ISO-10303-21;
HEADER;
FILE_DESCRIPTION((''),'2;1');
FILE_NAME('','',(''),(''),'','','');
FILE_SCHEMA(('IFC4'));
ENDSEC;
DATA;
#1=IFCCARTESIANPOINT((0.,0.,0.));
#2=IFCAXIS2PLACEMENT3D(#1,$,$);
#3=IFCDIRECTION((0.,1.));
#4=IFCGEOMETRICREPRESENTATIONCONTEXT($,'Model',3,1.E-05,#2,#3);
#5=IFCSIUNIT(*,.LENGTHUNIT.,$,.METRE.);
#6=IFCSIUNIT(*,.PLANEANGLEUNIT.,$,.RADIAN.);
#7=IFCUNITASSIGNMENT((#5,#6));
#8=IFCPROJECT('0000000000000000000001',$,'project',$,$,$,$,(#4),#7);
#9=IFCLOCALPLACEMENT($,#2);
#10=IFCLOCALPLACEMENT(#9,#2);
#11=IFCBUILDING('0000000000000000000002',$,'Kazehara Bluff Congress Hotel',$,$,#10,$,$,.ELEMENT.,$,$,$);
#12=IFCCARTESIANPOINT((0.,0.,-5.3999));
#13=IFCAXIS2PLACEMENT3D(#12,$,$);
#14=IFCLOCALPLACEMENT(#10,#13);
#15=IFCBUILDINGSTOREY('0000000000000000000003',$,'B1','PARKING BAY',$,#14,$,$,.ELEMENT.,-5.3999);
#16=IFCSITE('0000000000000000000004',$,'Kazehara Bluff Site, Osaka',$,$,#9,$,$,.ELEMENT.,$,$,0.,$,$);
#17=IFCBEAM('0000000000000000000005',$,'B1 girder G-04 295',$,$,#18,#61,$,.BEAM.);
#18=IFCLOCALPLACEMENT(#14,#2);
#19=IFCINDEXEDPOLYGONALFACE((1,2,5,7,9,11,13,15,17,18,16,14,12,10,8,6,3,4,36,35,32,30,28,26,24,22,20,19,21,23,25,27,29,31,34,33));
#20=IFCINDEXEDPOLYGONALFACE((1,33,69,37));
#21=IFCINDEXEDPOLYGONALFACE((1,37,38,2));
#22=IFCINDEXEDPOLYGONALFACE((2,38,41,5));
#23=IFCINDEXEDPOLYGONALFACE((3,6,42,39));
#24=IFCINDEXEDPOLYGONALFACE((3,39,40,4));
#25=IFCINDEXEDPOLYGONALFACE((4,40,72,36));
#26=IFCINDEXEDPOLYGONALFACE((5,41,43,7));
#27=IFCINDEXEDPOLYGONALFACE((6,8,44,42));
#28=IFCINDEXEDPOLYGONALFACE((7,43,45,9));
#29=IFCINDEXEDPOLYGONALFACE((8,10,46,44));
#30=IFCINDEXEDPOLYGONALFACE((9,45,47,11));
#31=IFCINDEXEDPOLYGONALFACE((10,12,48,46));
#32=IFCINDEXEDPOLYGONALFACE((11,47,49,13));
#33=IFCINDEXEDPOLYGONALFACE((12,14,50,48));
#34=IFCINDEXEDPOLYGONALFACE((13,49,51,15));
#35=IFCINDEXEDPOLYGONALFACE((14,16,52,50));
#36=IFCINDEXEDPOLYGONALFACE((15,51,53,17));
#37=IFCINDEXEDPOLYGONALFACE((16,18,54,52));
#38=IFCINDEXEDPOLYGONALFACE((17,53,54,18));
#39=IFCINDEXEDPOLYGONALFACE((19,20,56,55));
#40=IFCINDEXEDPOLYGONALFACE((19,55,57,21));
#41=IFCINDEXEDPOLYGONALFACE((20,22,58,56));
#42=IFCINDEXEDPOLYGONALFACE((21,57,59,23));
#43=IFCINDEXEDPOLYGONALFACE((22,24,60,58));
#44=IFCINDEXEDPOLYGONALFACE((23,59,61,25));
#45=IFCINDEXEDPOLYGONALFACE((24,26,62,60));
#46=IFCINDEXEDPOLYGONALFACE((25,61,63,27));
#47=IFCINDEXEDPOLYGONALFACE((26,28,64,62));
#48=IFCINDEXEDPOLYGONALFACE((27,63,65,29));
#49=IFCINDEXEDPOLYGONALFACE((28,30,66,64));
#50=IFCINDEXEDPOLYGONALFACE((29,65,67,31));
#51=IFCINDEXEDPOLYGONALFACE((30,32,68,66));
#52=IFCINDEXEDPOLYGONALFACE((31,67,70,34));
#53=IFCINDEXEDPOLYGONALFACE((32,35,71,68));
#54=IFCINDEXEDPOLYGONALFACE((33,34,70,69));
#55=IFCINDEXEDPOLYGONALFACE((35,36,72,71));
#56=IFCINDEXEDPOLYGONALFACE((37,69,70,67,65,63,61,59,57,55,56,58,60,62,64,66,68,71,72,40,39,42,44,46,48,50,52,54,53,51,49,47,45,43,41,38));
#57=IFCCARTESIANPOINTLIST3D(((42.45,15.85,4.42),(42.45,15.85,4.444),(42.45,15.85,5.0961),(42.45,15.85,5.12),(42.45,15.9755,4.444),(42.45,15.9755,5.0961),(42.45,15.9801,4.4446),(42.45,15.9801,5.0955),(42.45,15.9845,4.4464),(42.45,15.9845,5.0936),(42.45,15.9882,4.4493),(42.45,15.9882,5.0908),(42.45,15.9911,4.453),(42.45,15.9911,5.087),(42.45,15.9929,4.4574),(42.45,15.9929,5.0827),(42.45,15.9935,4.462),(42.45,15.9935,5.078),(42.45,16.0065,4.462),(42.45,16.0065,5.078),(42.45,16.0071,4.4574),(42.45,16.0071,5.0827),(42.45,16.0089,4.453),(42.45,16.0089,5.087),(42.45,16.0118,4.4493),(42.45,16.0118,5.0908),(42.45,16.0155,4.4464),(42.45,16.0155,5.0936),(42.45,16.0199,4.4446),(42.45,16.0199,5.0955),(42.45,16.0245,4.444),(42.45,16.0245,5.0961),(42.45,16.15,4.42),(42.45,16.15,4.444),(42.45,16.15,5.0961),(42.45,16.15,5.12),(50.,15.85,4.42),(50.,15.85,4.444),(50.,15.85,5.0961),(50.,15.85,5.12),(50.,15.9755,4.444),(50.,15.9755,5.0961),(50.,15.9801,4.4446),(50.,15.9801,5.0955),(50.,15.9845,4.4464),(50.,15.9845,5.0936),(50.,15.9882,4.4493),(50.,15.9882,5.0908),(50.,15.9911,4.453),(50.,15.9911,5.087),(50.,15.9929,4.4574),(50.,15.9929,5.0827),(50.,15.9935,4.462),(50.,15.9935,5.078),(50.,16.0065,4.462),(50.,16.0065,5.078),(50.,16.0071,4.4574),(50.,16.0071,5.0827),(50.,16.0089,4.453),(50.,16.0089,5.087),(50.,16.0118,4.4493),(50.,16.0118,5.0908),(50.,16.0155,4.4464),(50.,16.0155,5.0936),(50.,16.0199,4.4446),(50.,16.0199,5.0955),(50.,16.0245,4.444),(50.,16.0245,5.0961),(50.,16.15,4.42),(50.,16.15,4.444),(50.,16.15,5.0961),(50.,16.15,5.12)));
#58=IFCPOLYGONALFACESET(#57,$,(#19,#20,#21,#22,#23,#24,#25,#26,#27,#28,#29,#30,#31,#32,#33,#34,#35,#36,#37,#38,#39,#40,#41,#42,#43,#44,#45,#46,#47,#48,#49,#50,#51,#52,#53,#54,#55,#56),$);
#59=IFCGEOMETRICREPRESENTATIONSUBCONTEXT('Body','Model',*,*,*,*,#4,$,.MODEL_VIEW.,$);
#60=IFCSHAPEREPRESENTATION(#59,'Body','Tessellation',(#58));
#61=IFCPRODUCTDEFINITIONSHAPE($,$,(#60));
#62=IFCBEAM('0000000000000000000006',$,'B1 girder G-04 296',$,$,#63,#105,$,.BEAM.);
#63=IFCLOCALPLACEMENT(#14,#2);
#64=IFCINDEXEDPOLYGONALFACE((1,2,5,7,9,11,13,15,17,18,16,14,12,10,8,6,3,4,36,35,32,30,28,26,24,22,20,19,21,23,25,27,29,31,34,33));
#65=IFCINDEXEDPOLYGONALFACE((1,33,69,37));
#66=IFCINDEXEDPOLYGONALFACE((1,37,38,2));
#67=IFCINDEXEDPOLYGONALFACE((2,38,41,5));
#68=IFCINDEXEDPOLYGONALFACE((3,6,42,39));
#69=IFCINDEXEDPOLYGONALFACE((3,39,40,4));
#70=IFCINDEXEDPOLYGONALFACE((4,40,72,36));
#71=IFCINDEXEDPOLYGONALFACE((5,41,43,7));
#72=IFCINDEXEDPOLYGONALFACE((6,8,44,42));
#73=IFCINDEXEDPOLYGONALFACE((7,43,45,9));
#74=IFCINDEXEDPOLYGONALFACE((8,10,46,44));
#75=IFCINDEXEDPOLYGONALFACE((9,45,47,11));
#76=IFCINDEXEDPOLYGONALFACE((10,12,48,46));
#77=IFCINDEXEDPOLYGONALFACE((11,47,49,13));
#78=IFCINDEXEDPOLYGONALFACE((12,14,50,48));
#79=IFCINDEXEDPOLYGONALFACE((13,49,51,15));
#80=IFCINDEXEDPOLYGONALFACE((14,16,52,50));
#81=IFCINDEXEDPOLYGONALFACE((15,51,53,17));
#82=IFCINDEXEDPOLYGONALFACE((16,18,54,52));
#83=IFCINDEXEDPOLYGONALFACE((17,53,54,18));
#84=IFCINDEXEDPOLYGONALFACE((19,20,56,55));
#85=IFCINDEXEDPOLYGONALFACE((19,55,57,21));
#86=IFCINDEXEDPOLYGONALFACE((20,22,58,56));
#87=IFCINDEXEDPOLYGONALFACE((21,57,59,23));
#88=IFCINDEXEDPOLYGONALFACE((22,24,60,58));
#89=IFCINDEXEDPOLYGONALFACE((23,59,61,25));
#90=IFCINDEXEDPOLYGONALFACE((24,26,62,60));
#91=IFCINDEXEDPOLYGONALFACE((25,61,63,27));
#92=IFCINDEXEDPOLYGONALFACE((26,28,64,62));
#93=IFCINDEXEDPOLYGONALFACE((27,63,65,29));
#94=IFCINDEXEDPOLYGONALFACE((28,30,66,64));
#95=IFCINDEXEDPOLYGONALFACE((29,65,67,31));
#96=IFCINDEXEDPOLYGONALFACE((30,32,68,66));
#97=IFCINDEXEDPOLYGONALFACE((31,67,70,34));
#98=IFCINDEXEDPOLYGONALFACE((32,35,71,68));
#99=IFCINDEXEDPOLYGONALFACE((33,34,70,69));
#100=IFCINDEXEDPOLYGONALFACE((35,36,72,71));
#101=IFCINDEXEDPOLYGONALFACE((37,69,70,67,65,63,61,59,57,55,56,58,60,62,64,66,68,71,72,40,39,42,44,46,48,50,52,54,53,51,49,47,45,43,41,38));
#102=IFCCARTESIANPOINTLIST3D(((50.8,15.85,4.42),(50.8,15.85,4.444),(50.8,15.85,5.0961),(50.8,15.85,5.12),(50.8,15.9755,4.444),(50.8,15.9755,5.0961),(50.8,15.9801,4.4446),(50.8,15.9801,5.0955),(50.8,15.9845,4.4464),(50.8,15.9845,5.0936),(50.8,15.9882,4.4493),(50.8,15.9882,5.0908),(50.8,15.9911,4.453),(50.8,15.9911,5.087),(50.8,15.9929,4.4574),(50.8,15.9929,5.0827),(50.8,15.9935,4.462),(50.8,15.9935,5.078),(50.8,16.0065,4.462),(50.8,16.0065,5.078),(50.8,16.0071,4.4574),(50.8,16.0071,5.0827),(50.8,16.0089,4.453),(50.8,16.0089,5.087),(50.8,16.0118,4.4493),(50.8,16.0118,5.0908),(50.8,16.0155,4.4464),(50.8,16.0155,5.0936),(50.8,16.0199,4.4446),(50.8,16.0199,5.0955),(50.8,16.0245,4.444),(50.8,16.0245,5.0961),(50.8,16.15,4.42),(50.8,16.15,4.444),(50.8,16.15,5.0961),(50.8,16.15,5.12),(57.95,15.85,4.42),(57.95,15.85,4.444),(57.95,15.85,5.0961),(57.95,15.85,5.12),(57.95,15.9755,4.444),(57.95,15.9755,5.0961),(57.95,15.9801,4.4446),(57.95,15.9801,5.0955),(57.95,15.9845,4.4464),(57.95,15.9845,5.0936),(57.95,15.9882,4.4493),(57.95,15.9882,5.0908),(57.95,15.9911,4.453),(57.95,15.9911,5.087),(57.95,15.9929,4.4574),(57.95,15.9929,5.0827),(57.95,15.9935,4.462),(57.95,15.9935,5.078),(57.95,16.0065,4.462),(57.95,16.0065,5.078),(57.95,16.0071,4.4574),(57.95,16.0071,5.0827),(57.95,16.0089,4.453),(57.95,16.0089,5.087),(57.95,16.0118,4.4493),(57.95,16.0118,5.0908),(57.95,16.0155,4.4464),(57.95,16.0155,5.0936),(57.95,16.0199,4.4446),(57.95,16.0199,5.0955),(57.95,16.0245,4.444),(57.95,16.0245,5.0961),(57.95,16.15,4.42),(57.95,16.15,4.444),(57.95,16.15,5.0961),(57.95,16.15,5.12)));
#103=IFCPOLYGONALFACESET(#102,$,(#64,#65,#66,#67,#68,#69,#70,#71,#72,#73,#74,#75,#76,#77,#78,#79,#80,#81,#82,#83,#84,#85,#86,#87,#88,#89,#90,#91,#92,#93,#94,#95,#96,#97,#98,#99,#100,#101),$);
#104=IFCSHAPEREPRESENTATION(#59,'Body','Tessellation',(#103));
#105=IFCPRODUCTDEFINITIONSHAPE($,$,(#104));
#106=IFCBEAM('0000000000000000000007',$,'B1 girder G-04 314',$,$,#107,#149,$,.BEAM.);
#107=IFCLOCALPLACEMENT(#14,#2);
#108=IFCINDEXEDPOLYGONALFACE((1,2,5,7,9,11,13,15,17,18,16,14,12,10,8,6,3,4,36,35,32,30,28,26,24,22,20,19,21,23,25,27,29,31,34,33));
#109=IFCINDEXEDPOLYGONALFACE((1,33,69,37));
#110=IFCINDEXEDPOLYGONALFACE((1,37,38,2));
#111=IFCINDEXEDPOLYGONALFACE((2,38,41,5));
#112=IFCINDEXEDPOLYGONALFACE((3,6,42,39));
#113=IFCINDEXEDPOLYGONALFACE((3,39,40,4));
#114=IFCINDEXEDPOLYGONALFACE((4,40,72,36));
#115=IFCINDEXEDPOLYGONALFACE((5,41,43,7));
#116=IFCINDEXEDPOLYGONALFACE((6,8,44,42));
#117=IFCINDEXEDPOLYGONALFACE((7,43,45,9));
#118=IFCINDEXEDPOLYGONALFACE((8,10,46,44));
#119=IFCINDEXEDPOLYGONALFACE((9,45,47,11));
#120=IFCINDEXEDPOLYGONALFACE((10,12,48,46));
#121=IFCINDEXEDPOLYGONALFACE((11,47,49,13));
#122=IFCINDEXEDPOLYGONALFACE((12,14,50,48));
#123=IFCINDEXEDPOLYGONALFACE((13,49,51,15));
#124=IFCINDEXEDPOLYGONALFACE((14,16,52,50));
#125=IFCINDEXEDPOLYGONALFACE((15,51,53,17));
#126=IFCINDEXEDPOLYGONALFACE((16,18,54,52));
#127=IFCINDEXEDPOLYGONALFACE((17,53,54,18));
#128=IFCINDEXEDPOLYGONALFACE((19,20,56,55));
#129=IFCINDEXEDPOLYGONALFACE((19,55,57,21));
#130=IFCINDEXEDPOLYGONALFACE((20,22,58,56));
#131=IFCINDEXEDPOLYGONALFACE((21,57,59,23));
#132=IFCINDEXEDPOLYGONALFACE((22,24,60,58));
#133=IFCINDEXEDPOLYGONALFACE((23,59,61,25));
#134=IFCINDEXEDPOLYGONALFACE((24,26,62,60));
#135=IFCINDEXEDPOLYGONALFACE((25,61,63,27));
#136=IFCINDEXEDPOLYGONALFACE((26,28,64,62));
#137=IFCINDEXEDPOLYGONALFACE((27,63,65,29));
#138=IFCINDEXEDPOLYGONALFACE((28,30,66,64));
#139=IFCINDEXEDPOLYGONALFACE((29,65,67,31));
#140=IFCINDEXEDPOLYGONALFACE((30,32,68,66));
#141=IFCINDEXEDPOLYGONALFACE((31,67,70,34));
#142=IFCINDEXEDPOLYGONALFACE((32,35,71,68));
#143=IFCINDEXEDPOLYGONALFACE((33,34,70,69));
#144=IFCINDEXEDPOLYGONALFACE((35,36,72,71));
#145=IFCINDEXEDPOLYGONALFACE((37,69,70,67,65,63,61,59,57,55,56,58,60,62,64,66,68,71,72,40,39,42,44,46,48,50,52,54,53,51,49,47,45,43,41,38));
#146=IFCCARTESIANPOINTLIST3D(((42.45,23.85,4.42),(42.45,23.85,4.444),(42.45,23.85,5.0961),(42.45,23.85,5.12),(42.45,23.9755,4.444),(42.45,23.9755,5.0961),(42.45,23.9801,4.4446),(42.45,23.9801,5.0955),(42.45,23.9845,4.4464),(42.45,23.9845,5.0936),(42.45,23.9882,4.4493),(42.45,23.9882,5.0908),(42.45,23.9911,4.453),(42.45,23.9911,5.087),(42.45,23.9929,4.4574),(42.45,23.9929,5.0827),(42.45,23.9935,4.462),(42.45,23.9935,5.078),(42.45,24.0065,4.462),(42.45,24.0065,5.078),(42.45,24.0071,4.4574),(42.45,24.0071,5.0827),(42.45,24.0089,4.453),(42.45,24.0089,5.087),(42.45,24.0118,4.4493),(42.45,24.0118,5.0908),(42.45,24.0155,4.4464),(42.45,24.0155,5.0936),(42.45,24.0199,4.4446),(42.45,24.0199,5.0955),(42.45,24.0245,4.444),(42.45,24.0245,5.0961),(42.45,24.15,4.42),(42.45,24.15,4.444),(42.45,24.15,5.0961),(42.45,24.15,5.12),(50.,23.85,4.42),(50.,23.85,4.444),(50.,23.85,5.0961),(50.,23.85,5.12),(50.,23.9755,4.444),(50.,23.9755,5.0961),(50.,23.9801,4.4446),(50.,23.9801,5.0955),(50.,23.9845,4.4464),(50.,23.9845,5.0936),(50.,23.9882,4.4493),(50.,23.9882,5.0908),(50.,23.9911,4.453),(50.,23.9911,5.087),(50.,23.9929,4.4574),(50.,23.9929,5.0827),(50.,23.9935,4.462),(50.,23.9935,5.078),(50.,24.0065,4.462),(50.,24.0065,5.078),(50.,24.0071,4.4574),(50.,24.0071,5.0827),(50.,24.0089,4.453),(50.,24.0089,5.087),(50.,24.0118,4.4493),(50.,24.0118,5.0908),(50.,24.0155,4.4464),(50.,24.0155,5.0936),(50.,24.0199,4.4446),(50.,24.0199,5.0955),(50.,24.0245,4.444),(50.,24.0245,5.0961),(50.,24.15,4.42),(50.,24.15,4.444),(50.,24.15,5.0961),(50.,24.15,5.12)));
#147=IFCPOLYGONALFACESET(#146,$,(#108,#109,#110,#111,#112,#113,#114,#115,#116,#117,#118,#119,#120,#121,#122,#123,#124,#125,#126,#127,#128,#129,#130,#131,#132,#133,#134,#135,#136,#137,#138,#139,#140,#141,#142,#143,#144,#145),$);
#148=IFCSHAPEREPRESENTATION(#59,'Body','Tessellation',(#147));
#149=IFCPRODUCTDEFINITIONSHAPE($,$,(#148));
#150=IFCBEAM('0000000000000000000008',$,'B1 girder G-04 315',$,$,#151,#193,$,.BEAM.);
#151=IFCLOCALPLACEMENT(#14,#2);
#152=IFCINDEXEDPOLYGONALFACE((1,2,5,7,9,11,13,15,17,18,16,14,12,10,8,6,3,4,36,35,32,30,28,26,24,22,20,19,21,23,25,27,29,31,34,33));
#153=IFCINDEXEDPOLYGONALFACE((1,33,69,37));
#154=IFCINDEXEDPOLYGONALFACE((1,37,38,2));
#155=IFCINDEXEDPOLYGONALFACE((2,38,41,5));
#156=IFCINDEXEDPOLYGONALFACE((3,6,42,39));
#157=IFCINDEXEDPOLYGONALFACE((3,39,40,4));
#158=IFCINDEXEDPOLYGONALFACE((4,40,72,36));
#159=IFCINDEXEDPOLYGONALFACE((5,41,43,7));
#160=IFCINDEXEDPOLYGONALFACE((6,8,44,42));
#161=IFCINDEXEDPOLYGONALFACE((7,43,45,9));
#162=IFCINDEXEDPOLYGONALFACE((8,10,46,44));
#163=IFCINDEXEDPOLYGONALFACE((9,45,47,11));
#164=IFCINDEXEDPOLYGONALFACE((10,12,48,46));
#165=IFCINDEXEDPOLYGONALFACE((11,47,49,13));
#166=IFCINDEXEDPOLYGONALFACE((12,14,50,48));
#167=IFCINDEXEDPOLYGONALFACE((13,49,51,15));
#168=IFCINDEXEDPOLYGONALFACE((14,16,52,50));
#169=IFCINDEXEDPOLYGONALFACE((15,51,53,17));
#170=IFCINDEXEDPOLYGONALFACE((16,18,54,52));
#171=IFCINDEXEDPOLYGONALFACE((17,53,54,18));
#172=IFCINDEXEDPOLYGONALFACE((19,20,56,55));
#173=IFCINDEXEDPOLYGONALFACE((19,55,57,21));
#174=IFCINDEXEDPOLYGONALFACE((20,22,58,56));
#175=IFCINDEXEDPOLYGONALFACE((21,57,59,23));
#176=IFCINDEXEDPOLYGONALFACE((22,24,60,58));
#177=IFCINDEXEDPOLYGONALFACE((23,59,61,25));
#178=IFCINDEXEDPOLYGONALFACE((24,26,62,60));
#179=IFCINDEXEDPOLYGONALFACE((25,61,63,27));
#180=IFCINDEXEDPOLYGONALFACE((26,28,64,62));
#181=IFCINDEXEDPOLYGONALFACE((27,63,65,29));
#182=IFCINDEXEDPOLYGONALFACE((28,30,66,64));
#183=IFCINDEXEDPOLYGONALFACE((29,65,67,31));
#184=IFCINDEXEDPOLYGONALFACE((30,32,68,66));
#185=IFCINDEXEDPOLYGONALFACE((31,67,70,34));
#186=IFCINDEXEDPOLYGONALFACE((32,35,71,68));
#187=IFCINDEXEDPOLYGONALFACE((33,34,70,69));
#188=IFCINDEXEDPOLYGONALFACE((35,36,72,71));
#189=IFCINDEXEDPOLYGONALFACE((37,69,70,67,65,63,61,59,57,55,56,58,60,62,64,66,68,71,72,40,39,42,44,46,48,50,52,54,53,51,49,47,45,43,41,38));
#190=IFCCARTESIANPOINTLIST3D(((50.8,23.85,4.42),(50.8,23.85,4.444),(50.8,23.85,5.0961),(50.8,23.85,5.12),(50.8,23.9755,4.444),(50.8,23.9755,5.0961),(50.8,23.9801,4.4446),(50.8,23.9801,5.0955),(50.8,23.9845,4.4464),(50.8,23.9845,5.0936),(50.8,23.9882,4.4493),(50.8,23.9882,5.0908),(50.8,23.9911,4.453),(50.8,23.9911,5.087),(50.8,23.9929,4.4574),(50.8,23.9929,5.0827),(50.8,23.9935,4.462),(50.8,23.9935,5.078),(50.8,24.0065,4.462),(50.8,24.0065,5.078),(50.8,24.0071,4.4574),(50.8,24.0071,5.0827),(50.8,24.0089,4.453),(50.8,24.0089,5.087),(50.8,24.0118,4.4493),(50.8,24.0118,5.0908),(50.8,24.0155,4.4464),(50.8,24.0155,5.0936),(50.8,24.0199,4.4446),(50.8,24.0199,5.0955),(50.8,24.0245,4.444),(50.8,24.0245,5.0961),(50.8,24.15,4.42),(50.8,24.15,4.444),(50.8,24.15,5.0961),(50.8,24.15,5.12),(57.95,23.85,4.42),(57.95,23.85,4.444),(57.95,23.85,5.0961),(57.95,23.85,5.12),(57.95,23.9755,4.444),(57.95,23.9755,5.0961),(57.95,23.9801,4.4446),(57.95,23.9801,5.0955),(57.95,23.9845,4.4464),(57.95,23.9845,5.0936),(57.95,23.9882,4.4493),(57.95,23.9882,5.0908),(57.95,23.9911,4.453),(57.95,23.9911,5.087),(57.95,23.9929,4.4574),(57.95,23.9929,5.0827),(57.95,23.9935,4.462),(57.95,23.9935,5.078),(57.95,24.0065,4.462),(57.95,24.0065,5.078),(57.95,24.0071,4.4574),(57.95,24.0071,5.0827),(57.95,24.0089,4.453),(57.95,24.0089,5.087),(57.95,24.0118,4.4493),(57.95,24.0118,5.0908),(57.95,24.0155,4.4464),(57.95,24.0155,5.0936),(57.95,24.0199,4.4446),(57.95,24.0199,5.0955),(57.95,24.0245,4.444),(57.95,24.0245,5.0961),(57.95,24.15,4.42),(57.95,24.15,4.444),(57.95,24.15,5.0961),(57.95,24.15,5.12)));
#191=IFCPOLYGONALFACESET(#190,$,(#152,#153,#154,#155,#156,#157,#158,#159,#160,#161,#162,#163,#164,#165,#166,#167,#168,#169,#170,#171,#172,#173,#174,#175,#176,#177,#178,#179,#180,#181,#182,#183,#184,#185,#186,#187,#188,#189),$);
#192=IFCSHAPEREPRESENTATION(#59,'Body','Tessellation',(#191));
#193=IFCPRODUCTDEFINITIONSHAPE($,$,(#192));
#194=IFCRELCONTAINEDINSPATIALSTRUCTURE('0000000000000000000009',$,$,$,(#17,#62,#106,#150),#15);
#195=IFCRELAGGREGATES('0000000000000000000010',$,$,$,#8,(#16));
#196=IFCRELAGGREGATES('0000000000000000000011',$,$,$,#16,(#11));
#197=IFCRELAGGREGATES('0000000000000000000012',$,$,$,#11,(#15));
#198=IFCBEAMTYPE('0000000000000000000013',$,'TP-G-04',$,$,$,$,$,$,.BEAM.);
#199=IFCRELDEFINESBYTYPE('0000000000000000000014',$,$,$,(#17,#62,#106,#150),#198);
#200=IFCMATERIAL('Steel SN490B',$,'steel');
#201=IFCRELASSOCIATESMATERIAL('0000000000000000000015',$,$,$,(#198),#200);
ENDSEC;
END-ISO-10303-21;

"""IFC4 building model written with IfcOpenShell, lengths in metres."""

from ifc_helpers import new_model, si_unit, direction, frame, origin, origin_2d, place, context, subcontext, project, spatial, i_section, extrude, material, material_profile, profile_set, type_object, element, save


model = new_model("IFC4")

# Units and contexts
model_context = context("Model", 3, precision=1e-05, world=origin(), true_north=direction((0.0, 1.0)))
body_context = subcontext(model_context, "Body", "Model", "MODEL_VIEW")
ifc_project = project(units=[si_unit("LENGTHUNIT", "METRE"), si_unit("PLANEANGLEUNIT", "RADIAN")], contexts=[model_context])

# Site, building, storey
site_placement = place(None, origin())
site = spatial("IfcSite", under=ifc_project, at=site_placement, Name="Kazehara Bluff Site, Osaka", CompositionType="ELEMENT", RefElevation=0.0)
building_placement = place(site_placement, origin())
building = spatial("IfcBuilding", under=site, at=building_placement, Name="Kazehara Bluff Congress Hotel", CompositionType="ELEMENT")
storey_placement = place(building_placement, frame((0.0, 0.0, -5.3999)))
storey = spatial("IfcBuildingStorey", under=building, at=storey_placement, Name="B1", Description="PARKING BAY", CompositionType="ELEMENT", Elevation=-5.3999)

# Beams
ifc_material_1 = material(Name="Steel SN490B", Category="steel")
ifc_material_profile_1 = material_profile(ifc_material_1, i_section(OverallWidth=0.3, OverallDepth=0.7, WebThickness=0.0129, FlangeThickness=0.0239, FilletRadius=0.0181, at=origin_2d()))
ifc_profile_set_1 = profile_set([ifc_material_profile_1], Name="Steel SN490B")
beam_type_1 = type_object("IfcBeamType", Name="TP-G-04", PredefinedType="BEAM", material=ifc_profile_set_1)
beam_1_placement = place(storey_placement, frame((42.45, 16.0, 4.77), z_axis=(1.0, 0.0, 0.0), x_axis=(0.0, 1.0, 0.0)))
element("IfcBeam", 1, at=beam_1_placement, inside=storey, type_object=beam_type_1, Name="B1 girder G-04 295", PredefinedType="BEAM", context=body_context, shape_type="SweptSolid", body=[
    extrude(i_section(OverallWidth=0.3, OverallDepth=0.7, WebThickness=0.0129, FlangeThickness=0.0239, FilletRadius=0.0181, at=origin_2d()), origin(), (0.0, 0.0, 1.0), 7.55),
])
beam_2_placement = place(storey_placement, frame((50.8, 16.0, 4.77), z_axis=(1.0, 0.0, 0.0), x_axis=(0.0, 1.0, 0.0)))
element("IfcBeam", 2, at=beam_2_placement, inside=storey, type_object=beam_type_1, Name="B1 girder G-04 296", PredefinedType="BEAM", context=body_context, shape_type="SweptSolid", body=[
    extrude(i_section(OverallWidth=0.3, OverallDepth=0.7, WebThickness=0.0129, FlangeThickness=0.0239, FilletRadius=0.0181, at=origin_2d()), origin(), (0.0, 0.0, 1.0), 7.1499),
])
beam_3_placement = place(storey_placement, frame((42.45, 24.0, 4.77), z_axis=(1.0, 0.0, 0.0), x_axis=(0.0, 1.0, 0.0)))
element("IfcBeam", 3, at=beam_3_placement, inside=storey, type_object=beam_type_1, Name="B1 girder G-04 314", PredefinedType="BEAM", context=body_context, shape_type="SweptSolid", body=[
    extrude(i_section(OverallWidth=0.3, OverallDepth=0.7, WebThickness=0.0129, FlangeThickness=0.0239, FilletRadius=0.0181, at=origin_2d()), origin(), (0.0, 0.0, 1.0), 7.55),
])
beam_4_placement = place(storey_placement, frame((50.8, 24.0, 4.77), z_axis=(1.0, 0.0, 0.0), x_axis=(0.0, 1.0, 0.0)))
element("IfcBeam", 4, at=beam_4_placement, inside=storey, type_object=beam_type_1, Name="B1 girder G-04 315", PredefinedType="BEAM", context=body_context, shape_type="SweptSolid", body=[
    extrude(i_section(OverallWidth=0.3, OverallDepth=0.7, WebThickness=0.0129, FlangeThickness=0.0239, FilletRadius=0.0181, at=origin_2d()), origin(), (0.0, 0.0, 1.0), 7.1499),
])

save(model, "model.ifc")
